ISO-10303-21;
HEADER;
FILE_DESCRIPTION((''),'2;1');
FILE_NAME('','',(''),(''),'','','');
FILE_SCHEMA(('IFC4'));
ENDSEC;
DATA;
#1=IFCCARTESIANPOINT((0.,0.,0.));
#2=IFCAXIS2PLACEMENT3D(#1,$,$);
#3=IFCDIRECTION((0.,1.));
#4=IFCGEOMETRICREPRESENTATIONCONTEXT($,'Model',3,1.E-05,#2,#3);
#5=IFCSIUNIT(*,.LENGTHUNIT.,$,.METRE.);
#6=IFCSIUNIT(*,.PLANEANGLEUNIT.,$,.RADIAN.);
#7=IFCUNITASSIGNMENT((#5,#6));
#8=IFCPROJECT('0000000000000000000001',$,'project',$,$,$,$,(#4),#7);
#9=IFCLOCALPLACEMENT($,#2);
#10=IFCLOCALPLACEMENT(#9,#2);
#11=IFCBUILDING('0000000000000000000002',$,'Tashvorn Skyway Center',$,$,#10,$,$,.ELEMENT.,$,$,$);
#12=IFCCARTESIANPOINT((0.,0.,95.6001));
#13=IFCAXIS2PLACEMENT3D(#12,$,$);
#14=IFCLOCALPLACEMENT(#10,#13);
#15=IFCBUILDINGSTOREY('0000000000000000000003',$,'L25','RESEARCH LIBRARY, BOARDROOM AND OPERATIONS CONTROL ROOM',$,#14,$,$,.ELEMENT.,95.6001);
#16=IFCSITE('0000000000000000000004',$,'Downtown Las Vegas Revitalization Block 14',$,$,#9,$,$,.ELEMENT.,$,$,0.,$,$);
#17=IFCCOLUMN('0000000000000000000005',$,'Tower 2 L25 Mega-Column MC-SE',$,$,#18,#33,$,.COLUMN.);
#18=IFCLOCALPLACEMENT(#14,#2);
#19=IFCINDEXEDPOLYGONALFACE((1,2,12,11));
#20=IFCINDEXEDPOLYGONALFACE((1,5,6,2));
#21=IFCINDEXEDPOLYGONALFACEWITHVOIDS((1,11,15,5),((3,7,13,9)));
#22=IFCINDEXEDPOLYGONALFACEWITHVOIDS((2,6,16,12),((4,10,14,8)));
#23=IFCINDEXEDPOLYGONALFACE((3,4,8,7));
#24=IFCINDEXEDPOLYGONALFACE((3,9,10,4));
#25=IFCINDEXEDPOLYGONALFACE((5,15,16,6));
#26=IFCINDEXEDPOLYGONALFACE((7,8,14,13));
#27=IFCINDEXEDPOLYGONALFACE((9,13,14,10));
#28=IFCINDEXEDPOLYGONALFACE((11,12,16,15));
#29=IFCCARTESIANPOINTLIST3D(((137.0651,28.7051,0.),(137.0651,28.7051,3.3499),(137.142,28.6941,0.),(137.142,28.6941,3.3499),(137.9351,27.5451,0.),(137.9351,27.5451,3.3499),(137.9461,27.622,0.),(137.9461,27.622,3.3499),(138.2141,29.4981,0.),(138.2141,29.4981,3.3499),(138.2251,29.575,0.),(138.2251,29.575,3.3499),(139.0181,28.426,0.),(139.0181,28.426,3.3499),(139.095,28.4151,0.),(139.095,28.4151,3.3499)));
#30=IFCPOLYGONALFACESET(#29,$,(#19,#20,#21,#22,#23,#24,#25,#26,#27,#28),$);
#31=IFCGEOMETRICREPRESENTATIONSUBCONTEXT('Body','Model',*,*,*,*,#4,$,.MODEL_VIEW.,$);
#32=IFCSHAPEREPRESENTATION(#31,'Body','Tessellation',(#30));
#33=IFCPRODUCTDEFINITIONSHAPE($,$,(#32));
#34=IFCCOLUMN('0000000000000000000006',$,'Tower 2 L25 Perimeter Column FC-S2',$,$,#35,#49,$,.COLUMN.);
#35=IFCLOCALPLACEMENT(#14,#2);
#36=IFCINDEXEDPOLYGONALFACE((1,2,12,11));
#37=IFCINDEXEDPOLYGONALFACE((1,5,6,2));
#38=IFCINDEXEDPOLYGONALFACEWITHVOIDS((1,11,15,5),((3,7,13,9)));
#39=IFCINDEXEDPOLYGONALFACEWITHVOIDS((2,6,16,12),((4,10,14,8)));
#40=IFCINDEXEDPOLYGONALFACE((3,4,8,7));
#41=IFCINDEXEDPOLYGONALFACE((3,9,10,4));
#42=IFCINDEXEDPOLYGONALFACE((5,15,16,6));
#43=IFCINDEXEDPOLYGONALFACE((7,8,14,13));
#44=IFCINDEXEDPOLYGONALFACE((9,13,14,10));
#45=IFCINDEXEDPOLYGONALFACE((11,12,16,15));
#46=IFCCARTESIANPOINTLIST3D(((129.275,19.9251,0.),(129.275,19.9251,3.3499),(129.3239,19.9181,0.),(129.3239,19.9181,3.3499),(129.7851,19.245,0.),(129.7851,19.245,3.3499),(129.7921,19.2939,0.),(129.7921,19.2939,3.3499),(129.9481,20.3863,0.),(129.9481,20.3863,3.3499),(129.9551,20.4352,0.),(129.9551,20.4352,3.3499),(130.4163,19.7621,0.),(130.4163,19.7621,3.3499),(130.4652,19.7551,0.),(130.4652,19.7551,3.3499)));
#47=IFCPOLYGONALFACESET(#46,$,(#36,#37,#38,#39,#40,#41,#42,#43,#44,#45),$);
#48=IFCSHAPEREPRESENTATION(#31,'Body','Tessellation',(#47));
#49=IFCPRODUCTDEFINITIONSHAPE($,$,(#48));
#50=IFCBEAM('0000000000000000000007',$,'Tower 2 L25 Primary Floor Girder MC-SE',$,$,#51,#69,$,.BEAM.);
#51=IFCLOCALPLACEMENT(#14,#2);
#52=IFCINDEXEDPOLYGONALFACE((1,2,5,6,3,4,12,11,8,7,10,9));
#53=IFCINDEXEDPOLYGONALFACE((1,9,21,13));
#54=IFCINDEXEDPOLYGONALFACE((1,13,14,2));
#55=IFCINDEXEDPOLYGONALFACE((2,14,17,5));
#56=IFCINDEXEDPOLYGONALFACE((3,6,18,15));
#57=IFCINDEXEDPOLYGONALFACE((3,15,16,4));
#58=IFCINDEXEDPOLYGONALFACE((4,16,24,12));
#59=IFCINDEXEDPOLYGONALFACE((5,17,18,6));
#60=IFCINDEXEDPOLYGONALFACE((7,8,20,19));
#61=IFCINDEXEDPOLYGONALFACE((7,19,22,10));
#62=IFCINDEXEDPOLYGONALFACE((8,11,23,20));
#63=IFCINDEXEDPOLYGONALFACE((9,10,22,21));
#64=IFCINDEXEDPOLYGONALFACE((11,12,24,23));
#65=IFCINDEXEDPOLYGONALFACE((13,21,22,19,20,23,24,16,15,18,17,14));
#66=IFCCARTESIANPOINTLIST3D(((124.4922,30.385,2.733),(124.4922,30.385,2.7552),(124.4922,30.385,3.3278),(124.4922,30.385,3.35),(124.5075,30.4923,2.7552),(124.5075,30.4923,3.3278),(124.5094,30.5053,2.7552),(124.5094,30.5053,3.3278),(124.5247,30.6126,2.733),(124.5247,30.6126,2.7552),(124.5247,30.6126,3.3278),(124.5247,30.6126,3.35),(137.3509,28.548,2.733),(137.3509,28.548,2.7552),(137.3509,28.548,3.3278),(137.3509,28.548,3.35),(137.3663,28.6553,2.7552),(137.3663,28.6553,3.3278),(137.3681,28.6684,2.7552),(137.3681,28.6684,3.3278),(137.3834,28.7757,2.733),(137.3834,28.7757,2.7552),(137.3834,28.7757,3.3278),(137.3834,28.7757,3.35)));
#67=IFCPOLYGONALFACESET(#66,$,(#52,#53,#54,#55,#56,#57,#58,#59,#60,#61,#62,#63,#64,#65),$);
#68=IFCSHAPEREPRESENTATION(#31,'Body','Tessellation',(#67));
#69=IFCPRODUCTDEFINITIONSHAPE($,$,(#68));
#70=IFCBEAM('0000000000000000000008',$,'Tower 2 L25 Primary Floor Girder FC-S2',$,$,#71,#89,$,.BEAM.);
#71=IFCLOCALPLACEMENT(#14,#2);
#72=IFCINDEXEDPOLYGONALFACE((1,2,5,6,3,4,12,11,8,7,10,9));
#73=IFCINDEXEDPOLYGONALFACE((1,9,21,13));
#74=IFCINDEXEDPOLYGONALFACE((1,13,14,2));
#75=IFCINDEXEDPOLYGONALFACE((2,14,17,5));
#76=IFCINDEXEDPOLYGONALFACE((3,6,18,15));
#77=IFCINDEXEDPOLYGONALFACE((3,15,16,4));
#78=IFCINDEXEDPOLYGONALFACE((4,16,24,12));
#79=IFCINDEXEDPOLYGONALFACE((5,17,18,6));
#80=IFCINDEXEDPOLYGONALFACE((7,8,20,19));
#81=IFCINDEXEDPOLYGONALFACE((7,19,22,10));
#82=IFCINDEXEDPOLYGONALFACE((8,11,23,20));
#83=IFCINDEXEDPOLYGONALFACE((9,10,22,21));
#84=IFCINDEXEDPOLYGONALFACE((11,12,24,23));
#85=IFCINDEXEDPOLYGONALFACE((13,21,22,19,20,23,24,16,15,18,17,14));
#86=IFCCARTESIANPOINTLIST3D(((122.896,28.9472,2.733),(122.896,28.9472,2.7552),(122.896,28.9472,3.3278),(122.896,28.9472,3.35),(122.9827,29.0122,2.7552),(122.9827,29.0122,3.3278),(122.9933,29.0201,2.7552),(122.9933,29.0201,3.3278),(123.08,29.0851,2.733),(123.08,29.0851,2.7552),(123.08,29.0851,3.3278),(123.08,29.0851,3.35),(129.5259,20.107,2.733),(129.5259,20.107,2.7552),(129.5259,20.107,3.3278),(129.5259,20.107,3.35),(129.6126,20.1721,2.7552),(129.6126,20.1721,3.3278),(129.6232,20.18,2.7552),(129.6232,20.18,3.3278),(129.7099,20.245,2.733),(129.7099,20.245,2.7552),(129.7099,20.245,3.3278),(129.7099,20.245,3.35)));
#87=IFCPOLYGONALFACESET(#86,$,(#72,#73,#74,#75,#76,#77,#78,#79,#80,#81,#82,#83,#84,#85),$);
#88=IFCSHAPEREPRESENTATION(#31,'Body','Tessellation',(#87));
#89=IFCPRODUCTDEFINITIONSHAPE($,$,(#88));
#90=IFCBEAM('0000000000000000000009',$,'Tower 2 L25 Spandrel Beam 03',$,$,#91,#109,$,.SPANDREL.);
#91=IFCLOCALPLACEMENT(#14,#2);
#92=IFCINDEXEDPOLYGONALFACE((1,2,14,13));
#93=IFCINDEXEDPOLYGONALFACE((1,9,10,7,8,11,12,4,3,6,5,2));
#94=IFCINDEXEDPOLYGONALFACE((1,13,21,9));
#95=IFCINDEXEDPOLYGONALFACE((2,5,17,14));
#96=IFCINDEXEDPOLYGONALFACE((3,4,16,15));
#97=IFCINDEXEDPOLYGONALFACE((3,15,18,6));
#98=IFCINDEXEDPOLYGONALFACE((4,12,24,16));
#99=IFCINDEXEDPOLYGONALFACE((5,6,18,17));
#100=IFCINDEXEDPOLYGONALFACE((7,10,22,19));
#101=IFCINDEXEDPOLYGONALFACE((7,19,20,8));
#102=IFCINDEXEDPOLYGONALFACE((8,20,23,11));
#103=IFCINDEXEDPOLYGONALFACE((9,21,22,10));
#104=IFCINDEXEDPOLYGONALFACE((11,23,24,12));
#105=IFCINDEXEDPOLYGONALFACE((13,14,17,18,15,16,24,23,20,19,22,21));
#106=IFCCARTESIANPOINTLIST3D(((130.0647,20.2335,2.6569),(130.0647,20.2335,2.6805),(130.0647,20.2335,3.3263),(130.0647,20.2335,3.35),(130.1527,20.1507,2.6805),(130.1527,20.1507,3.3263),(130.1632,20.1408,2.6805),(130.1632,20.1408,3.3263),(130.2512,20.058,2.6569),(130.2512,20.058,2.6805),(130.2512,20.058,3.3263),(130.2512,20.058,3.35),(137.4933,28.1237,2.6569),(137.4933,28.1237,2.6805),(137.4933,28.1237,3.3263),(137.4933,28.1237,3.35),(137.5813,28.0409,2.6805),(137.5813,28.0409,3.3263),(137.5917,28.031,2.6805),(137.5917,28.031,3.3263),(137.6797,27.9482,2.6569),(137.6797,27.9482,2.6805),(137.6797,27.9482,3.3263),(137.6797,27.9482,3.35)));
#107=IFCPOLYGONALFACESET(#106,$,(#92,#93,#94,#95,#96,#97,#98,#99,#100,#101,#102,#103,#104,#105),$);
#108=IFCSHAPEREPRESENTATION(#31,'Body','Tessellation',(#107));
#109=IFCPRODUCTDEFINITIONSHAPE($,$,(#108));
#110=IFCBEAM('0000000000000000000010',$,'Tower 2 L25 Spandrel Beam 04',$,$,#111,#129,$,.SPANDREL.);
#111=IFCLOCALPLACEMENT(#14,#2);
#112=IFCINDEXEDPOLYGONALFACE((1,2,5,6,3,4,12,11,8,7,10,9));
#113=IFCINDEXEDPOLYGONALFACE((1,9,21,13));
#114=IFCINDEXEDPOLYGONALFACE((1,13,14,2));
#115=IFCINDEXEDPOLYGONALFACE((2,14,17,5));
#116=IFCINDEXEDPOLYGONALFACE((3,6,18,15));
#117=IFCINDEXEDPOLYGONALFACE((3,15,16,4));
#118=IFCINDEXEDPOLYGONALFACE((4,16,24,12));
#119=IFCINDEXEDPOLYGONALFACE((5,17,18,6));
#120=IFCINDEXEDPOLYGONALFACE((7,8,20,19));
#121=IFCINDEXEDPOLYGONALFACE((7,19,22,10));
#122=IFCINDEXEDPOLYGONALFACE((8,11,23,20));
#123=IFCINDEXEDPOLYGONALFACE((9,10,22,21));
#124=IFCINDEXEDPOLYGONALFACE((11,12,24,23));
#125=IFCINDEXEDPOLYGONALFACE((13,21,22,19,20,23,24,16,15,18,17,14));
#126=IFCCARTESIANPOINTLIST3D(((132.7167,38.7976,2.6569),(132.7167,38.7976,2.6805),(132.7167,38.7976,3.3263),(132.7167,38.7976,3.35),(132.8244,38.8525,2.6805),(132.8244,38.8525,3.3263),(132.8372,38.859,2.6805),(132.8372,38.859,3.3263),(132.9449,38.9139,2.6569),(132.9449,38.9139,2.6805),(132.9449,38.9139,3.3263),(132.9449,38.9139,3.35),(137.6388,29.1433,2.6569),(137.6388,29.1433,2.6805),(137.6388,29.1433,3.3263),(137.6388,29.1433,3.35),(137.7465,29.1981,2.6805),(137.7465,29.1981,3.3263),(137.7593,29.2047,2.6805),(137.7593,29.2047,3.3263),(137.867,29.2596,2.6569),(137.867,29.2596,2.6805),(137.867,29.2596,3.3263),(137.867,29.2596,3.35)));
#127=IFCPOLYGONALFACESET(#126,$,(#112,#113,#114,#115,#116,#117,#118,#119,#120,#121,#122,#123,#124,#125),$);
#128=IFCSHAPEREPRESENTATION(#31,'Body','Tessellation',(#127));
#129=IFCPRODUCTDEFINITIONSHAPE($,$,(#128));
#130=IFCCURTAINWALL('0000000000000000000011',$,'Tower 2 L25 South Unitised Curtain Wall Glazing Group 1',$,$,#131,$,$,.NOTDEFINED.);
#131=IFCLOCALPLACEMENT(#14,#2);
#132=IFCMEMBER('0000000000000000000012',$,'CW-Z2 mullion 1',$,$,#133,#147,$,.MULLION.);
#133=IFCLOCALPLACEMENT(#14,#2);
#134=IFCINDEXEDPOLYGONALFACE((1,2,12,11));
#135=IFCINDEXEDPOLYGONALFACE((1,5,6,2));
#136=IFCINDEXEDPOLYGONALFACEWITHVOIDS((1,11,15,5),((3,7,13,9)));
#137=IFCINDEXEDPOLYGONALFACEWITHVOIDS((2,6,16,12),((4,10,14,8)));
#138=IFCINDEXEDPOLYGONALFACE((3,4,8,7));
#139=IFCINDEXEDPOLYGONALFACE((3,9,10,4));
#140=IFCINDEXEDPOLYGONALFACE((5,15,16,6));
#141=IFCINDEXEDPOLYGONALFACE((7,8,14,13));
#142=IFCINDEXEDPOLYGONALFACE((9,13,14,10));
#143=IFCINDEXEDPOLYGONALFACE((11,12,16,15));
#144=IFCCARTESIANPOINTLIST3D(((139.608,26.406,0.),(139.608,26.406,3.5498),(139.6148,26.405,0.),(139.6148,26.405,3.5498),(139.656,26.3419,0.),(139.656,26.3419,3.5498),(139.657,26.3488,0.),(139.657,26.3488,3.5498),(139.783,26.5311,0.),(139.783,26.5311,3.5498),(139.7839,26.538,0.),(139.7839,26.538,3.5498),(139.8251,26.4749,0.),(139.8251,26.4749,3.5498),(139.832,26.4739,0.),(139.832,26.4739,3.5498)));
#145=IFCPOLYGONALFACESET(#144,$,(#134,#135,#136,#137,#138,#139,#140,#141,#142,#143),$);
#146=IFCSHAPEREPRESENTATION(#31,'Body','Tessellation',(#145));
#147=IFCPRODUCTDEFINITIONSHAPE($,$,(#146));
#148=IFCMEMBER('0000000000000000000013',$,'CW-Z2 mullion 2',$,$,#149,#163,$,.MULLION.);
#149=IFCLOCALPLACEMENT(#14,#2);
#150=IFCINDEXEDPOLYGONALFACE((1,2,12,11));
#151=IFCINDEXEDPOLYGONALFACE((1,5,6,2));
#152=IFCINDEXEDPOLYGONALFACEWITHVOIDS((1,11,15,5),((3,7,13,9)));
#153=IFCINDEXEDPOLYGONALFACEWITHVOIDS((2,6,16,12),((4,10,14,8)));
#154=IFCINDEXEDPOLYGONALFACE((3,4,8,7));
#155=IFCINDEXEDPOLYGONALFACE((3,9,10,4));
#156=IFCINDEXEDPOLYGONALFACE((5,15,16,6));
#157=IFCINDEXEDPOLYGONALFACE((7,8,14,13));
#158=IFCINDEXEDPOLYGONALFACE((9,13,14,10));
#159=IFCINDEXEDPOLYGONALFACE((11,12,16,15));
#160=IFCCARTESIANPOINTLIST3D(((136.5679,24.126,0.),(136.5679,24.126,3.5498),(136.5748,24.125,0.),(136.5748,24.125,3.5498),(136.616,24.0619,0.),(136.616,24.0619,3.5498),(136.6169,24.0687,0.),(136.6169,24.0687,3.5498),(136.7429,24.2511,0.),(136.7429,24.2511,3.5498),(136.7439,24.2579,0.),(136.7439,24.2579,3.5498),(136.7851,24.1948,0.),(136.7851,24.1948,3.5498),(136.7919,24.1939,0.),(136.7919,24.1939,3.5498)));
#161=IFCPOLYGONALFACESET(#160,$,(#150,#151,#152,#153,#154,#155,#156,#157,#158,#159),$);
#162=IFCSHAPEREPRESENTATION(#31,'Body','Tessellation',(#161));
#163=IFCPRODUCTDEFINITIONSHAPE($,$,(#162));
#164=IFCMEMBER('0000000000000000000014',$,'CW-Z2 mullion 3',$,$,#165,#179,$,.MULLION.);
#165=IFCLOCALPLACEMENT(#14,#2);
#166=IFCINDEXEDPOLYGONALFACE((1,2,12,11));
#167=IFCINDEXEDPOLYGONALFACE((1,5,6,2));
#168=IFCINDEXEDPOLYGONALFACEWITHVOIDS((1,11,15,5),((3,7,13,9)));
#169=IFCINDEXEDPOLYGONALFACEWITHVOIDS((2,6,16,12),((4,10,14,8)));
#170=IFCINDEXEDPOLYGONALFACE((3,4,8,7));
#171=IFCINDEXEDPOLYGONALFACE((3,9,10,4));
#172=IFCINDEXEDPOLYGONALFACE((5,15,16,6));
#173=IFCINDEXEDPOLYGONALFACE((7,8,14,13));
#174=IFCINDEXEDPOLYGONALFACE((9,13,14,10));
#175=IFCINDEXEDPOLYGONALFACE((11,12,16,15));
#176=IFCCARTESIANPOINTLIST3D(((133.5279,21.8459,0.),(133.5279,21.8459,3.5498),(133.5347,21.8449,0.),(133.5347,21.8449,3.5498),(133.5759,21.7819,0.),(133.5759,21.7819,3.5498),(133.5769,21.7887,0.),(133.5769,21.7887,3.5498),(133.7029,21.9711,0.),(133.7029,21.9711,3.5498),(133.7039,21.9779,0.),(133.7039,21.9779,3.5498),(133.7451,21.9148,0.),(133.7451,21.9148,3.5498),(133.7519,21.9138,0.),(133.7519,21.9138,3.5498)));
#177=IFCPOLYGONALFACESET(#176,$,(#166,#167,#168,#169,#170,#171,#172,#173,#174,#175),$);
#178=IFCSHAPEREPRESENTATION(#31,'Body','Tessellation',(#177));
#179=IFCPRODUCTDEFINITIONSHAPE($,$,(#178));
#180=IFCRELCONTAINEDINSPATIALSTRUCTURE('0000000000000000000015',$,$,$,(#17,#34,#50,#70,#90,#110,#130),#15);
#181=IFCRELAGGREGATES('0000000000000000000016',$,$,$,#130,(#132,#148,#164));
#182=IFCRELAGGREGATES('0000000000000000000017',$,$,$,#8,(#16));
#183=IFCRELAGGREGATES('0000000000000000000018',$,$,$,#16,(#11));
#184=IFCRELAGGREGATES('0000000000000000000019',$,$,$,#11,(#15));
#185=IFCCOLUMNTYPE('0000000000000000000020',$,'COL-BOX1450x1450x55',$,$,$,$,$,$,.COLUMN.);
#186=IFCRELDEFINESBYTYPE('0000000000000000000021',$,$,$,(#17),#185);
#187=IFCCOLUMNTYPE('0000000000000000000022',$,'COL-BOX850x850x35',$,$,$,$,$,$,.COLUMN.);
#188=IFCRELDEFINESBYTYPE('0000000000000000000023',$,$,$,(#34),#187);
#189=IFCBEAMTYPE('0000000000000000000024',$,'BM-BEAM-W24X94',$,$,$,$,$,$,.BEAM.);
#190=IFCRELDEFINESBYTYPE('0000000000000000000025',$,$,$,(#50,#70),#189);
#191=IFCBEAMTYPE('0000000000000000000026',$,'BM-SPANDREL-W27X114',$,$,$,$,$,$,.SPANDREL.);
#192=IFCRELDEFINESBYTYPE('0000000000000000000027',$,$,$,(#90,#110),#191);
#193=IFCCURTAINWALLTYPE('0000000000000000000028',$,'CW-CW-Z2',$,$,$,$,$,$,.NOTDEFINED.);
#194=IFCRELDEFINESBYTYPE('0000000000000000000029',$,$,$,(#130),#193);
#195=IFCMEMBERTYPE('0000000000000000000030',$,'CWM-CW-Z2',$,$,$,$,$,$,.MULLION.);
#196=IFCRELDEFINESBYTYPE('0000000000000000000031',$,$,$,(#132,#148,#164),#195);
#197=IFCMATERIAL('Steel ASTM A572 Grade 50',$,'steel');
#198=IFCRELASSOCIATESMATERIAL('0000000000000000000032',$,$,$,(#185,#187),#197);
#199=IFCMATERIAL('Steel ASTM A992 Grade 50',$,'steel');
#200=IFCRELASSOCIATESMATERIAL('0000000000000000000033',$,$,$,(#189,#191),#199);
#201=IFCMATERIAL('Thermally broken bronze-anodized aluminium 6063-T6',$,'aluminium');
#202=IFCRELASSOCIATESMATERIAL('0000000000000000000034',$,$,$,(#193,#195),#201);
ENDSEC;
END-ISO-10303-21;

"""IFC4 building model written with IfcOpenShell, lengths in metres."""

from ifc_helpers import new_model, si_unit, direction, frame, origin, origin_2d, place, context, subcontext, project, spatial, hollow_rectangle, i_section, extrude, material, material_profile, profile_set, type_object, element, aggregate, save


model = new_model("IFC4")

# Units and contexts
model_context = context("Model", 3, precision=1e-05, world=origin(), true_north=direction((0.0, 1.0)))
body_context = subcontext(model_context, "Body", "Model", "MODEL_VIEW")
ifc_project = project(units=[si_unit("LENGTHUNIT", "METRE"), si_unit("PLANEANGLEUNIT", "RADIAN")], contexts=[model_context])

# Site, building, storey
site_placement = place(None, origin())
site = spatial("IfcSite", under=ifc_project, at=site_placement, Name="Downtown Las Vegas Revitalization Block 14", CompositionType="ELEMENT", RefElevation=0.0)
building_placement = place(site_placement, origin())
building = spatial("IfcBuilding", under=site, at=building_placement, Name="Tashvorn Skyway Center", CompositionType="ELEMENT")
storey_placement = place(building_placement, frame((0.0, 0.0, 95.6001)))
storey = spatial("IfcBuildingStorey", under=building, at=storey_placement, Name="L25", Description="RESEARCH LIBRARY, BOARDROOM AND OPERATIONS CONTROL ROOM", CompositionType="ELEMENT", Elevation=95.6001)

# Columns
ifc_material_1 = material(Name="Steel ASTM A572 Grade 50", Category="steel")
ifc_material_profile_1 = material_profile(ifc_material_1, hollow_rectangle(XDim=1.45, YDim=1.45, WallThickness=0.0549, at=origin_2d()), Name="BOX1450x1450x55")
ifc_profile_set_1 = profile_set([ifc_material_profile_1], Name="Steel ASTM A572 Grade 50")
column_type_1 = type_object("IfcColumnType", Name="COL-BOX1450x1450x55", PredefinedType="COLUMN", material=ifc_profile_set_1)
column_1_placement = place(storey_placement, frame((138.0801, 28.5601, 0.0), z_axis=(0.0, 0.0, 1.0), x_axis=(0.8, 0.6, 0.0)))
element("IfcColumn", 1, at=column_1_placement, inside=storey, type_object=column_type_1, Name="Tower 2 L25 Mega-Column MC-SE", PredefinedType="COLUMN", context=body_context, shape_type="SweptSolid", body=[
    extrude(hollow_rectangle(XDim=1.45, YDim=1.45, WallThickness=0.0549, at=origin_2d()), origin(), (0.0, 0.0, 1.0), 3.3499),
])
ifc_material_profile_2 = material_profile(ifc_material_1, hollow_rectangle(XDim=0.8501, YDim=0.8501, WallThickness=0.0349, at=origin_2d()), Name="BOX850x850x35")
ifc_profile_set_2 = profile_set([ifc_material_profile_2], Name="Steel ASTM A572 Grade 50")
column_type_2 = type_object("IfcColumnType", Name="COL-BOX850x850x35", PredefinedType="COLUMN", material=ifc_profile_set_2)
column_2_placement = place(storey_placement, frame((129.8701, 19.8401, 0.0), z_axis=(0.0, 0.0, 1.0), x_axis=(0.8, 0.6, 0.0)))
element("IfcColumn", 2, at=column_2_placement, inside=storey, type_object=column_type_2, Name="Tower 2 L25 Perimeter Column FC-S2", PredefinedType="COLUMN", context=body_context, shape_type="SweptSolid", body=[
    extrude(hollow_rectangle(XDim=0.8501, YDim=0.8501, WallThickness=0.0349, at=origin_2d()), origin(), (0.0, 0.0, 1.0), 3.3499),
])

# Beams
ifc_material_2 = material(Name="Steel ASTM A992 Grade 50", Category="steel")
ifc_material_profile_3 = material_profile(ifc_material_2, i_section(OverallWidth=0.23, OverallDepth=0.6169, WebThickness=0.0132, FlangeThickness=0.0222, at=origin_2d()), Name="W24X94")
ifc_profile_set_3 = profile_set([ifc_material_profile_3], Name="Steel ASTM A992 Grade 50")
beam_type_1 = type_object("IfcBeamType", Name="BM-BEAM-W24X94", PredefinedType="BEAM", material=ifc_profile_set_3)
beam_1_placement = place(storey_placement, frame((137.3672, 28.6619, 3.0415), z_axis=(-0.98995, 0.141419, 0.0), x_axis=(-0.141419, -0.98995, 0.0)))
element("IfcBeam", 3, at=beam_1_placement, inside=storey, type_object=beam_type_1, Name="Tower 2 L25 Primary Floor Girder MC-SE", PredefinedType="BEAM", context=body_context, shape_type="SweptSolid", body=[
    extrude(i_section(OverallWidth=0.23, OverallDepth=0.6169, WebThickness=0.0132, FlangeThickness=0.0222, at=origin_2d()), origin(), (0.0, 0.0, 1.0), 12.9893),
])
beam_2_placement = place(storey_placement, frame((129.6179, 20.176, 3.0415), z_axis=(-0.599989, 0.800008, 0.0), x_axis=(-0.800008, -0.599989, 0.0)))
element("IfcBeam", 4, at=beam_2_placement, inside=storey, type_object=beam_type_1, Name="Tower 2 L25 Primary Floor Girder FC-S2", PredefinedType="BEAM", context=body_context, shape_type="SweptSolid", body=[
    extrude(i_section(OverallWidth=0.23, OverallDepth=0.6169, WebThickness=0.0132, FlangeThickness=0.0222, at=origin_2d()), origin(), (0.0, 0.0, 1.0), 11.05),
])
ifc_material_profile_4 = material_profile(ifc_material_2, i_section(OverallWidth=0.2561, OverallDepth=0.6931, WebThickness=0.0144, FlangeThickness=0.0237, at=origin_2d()), Name="W27X114")
ifc_profile_set_4 = profile_set([ifc_material_profile_4], Name="Steel ASTM A992 Grade 50")
beam_type_2 = type_object("IfcBeamType", Name="BM-SPANDREL-W27X114", PredefinedType="SPANDREL", material=ifc_profile_set_4)
beam_3_placement = place(storey_placement, frame((130.158, 20.1458, 3.0034), z_axis=(0.685485, 0.728087, 0.0), x_axis=(-0.728087, 0.685485, 0.0)))
element("IfcBeam", 5, at=beam_3_placement, inside=storey, type_object=beam_type_2, Name="Tower 2 L25 Spandrel Beam 03", PredefinedType="SPANDREL", context=body_context, shape_type="SweptSolid", body=[
    extrude(i_section(OverallWidth=0.2561, OverallDepth=0.6931, WebThickness=0.0144, FlangeThickness=0.0237, at=origin_2d()), origin(), (0.0, 0.0, 1.0), 10.8369),
])
beam_4_placement = place(storey_placement, frame((137.7529, 29.2014, 3.0034), z_axis=(-0.454211, 0.890894, 0.0), x_axis=(-0.890894, -0.454211, 0.0)))
element("IfcBeam", 6, at=beam_4_placement, inside=storey, type_object=beam_type_2, Name="Tower 2 L25 Spandrel Beam 04", PredefinedType="SPANDREL", context=body_context, shape_type="SweptSolid", body=[
    extrude(i_section(OverallWidth=0.2561, OverallDepth=0.6931, WebThickness=0.0144, FlangeThickness=0.0237, at=origin_2d()), origin(), (0.0, 0.0, 1.0), 10.8367),
])

# Curtain wall, members
ifc_material_3 = material(Name="Thermally broken bronze-anodized aluminium 6063-T6", Category="aluminium")
curtain_wall_type = type_object("IfcCurtainWallType", Name="CW-CW-Z2", PredefinedType="NOTDEFINED", material=ifc_material_3)
curtain_wall_1_placement = place(storey_placement, origin())
curtain_wall_1 = element("IfcCurtainWall", 7, at=curtain_wall_1_placement, inside=storey, type_object=curtain_wall_type, Name="Tower 2 L25 South Unitised Curtain Wall Glazing Group 1", PredefinedType="NOTDEFINED")
ifc_material_profile_5 = material_profile(ifc_material_3, hollow_rectangle(XDim=0.0801, YDim=0.22, WallThickness=0.0049, at=origin_2d()), Name="ALU-MULL-80x220")
ifc_profile_set_5 = profile_set([ifc_material_profile_5], Name="Thermally broken bronze-anodized aluminium 6063-T6")
member_type_1 = type_object("IfcMemberType", Name="CWM-CW-Z2", PredefinedType="MULLION", material=ifc_profile_set_5)
member_1_placement = place(storey_placement, frame((139.72, 26.4399, 0.0), z_axis=(0.0, 0.0, 1.0), x_axis=(0.6, -0.8, 0.0)))
member_1 = element("IfcMember", 8, at=member_1_placement, type_object=member_type_1, Name="CW-Z2 mullion 1", PredefinedType="MULLION", context=body_context, shape_type="SweptSolid", body=[
    extrude(hollow_rectangle(XDim=0.0801, YDim=0.22, WallThickness=0.0049, at=origin_2d()), origin(), (0.0, 0.0, 1.0), 3.5498),
])
member_2_placement = place(storey_placement, frame((136.6799, 24.1599, 0.0), z_axis=(0.0, 0.0, 1.0), x_axis=(0.6, -0.8, 0.0)))
member_2 = element("IfcMember", 9, at=member_2_placement, type_object=member_type_1, Name="CW-Z2 mullion 2", PredefinedType="MULLION", context=body_context, shape_type="SweptSolid", body=[
    extrude(hollow_rectangle(XDim=0.0801, YDim=0.22, WallThickness=0.0049, at=origin_2d()), origin(), (0.0, 0.0, 1.0), 3.5498),
])
member_3_placement = place(storey_placement, frame((133.6399, 21.8799, 0.0), z_axis=(0.0, 0.0, 1.0), x_axis=(0.6, -0.8, 0.0)))
member_3 = element("IfcMember", 10, at=member_3_placement, type_object=member_type_1, Name="CW-Z2 mullion 3", PredefinedType="MULLION", context=body_context, shape_type="SweptSolid", body=[
    extrude(hollow_rectangle(XDim=0.0801, YDim=0.22, WallThickness=0.0049, at=origin_2d()), origin(), (0.0, 0.0, 1.0), 3.5498),
])

aggregate(curtain_wall_1, [member_1, member_2, member_3])

save(model, "model.ifc")
